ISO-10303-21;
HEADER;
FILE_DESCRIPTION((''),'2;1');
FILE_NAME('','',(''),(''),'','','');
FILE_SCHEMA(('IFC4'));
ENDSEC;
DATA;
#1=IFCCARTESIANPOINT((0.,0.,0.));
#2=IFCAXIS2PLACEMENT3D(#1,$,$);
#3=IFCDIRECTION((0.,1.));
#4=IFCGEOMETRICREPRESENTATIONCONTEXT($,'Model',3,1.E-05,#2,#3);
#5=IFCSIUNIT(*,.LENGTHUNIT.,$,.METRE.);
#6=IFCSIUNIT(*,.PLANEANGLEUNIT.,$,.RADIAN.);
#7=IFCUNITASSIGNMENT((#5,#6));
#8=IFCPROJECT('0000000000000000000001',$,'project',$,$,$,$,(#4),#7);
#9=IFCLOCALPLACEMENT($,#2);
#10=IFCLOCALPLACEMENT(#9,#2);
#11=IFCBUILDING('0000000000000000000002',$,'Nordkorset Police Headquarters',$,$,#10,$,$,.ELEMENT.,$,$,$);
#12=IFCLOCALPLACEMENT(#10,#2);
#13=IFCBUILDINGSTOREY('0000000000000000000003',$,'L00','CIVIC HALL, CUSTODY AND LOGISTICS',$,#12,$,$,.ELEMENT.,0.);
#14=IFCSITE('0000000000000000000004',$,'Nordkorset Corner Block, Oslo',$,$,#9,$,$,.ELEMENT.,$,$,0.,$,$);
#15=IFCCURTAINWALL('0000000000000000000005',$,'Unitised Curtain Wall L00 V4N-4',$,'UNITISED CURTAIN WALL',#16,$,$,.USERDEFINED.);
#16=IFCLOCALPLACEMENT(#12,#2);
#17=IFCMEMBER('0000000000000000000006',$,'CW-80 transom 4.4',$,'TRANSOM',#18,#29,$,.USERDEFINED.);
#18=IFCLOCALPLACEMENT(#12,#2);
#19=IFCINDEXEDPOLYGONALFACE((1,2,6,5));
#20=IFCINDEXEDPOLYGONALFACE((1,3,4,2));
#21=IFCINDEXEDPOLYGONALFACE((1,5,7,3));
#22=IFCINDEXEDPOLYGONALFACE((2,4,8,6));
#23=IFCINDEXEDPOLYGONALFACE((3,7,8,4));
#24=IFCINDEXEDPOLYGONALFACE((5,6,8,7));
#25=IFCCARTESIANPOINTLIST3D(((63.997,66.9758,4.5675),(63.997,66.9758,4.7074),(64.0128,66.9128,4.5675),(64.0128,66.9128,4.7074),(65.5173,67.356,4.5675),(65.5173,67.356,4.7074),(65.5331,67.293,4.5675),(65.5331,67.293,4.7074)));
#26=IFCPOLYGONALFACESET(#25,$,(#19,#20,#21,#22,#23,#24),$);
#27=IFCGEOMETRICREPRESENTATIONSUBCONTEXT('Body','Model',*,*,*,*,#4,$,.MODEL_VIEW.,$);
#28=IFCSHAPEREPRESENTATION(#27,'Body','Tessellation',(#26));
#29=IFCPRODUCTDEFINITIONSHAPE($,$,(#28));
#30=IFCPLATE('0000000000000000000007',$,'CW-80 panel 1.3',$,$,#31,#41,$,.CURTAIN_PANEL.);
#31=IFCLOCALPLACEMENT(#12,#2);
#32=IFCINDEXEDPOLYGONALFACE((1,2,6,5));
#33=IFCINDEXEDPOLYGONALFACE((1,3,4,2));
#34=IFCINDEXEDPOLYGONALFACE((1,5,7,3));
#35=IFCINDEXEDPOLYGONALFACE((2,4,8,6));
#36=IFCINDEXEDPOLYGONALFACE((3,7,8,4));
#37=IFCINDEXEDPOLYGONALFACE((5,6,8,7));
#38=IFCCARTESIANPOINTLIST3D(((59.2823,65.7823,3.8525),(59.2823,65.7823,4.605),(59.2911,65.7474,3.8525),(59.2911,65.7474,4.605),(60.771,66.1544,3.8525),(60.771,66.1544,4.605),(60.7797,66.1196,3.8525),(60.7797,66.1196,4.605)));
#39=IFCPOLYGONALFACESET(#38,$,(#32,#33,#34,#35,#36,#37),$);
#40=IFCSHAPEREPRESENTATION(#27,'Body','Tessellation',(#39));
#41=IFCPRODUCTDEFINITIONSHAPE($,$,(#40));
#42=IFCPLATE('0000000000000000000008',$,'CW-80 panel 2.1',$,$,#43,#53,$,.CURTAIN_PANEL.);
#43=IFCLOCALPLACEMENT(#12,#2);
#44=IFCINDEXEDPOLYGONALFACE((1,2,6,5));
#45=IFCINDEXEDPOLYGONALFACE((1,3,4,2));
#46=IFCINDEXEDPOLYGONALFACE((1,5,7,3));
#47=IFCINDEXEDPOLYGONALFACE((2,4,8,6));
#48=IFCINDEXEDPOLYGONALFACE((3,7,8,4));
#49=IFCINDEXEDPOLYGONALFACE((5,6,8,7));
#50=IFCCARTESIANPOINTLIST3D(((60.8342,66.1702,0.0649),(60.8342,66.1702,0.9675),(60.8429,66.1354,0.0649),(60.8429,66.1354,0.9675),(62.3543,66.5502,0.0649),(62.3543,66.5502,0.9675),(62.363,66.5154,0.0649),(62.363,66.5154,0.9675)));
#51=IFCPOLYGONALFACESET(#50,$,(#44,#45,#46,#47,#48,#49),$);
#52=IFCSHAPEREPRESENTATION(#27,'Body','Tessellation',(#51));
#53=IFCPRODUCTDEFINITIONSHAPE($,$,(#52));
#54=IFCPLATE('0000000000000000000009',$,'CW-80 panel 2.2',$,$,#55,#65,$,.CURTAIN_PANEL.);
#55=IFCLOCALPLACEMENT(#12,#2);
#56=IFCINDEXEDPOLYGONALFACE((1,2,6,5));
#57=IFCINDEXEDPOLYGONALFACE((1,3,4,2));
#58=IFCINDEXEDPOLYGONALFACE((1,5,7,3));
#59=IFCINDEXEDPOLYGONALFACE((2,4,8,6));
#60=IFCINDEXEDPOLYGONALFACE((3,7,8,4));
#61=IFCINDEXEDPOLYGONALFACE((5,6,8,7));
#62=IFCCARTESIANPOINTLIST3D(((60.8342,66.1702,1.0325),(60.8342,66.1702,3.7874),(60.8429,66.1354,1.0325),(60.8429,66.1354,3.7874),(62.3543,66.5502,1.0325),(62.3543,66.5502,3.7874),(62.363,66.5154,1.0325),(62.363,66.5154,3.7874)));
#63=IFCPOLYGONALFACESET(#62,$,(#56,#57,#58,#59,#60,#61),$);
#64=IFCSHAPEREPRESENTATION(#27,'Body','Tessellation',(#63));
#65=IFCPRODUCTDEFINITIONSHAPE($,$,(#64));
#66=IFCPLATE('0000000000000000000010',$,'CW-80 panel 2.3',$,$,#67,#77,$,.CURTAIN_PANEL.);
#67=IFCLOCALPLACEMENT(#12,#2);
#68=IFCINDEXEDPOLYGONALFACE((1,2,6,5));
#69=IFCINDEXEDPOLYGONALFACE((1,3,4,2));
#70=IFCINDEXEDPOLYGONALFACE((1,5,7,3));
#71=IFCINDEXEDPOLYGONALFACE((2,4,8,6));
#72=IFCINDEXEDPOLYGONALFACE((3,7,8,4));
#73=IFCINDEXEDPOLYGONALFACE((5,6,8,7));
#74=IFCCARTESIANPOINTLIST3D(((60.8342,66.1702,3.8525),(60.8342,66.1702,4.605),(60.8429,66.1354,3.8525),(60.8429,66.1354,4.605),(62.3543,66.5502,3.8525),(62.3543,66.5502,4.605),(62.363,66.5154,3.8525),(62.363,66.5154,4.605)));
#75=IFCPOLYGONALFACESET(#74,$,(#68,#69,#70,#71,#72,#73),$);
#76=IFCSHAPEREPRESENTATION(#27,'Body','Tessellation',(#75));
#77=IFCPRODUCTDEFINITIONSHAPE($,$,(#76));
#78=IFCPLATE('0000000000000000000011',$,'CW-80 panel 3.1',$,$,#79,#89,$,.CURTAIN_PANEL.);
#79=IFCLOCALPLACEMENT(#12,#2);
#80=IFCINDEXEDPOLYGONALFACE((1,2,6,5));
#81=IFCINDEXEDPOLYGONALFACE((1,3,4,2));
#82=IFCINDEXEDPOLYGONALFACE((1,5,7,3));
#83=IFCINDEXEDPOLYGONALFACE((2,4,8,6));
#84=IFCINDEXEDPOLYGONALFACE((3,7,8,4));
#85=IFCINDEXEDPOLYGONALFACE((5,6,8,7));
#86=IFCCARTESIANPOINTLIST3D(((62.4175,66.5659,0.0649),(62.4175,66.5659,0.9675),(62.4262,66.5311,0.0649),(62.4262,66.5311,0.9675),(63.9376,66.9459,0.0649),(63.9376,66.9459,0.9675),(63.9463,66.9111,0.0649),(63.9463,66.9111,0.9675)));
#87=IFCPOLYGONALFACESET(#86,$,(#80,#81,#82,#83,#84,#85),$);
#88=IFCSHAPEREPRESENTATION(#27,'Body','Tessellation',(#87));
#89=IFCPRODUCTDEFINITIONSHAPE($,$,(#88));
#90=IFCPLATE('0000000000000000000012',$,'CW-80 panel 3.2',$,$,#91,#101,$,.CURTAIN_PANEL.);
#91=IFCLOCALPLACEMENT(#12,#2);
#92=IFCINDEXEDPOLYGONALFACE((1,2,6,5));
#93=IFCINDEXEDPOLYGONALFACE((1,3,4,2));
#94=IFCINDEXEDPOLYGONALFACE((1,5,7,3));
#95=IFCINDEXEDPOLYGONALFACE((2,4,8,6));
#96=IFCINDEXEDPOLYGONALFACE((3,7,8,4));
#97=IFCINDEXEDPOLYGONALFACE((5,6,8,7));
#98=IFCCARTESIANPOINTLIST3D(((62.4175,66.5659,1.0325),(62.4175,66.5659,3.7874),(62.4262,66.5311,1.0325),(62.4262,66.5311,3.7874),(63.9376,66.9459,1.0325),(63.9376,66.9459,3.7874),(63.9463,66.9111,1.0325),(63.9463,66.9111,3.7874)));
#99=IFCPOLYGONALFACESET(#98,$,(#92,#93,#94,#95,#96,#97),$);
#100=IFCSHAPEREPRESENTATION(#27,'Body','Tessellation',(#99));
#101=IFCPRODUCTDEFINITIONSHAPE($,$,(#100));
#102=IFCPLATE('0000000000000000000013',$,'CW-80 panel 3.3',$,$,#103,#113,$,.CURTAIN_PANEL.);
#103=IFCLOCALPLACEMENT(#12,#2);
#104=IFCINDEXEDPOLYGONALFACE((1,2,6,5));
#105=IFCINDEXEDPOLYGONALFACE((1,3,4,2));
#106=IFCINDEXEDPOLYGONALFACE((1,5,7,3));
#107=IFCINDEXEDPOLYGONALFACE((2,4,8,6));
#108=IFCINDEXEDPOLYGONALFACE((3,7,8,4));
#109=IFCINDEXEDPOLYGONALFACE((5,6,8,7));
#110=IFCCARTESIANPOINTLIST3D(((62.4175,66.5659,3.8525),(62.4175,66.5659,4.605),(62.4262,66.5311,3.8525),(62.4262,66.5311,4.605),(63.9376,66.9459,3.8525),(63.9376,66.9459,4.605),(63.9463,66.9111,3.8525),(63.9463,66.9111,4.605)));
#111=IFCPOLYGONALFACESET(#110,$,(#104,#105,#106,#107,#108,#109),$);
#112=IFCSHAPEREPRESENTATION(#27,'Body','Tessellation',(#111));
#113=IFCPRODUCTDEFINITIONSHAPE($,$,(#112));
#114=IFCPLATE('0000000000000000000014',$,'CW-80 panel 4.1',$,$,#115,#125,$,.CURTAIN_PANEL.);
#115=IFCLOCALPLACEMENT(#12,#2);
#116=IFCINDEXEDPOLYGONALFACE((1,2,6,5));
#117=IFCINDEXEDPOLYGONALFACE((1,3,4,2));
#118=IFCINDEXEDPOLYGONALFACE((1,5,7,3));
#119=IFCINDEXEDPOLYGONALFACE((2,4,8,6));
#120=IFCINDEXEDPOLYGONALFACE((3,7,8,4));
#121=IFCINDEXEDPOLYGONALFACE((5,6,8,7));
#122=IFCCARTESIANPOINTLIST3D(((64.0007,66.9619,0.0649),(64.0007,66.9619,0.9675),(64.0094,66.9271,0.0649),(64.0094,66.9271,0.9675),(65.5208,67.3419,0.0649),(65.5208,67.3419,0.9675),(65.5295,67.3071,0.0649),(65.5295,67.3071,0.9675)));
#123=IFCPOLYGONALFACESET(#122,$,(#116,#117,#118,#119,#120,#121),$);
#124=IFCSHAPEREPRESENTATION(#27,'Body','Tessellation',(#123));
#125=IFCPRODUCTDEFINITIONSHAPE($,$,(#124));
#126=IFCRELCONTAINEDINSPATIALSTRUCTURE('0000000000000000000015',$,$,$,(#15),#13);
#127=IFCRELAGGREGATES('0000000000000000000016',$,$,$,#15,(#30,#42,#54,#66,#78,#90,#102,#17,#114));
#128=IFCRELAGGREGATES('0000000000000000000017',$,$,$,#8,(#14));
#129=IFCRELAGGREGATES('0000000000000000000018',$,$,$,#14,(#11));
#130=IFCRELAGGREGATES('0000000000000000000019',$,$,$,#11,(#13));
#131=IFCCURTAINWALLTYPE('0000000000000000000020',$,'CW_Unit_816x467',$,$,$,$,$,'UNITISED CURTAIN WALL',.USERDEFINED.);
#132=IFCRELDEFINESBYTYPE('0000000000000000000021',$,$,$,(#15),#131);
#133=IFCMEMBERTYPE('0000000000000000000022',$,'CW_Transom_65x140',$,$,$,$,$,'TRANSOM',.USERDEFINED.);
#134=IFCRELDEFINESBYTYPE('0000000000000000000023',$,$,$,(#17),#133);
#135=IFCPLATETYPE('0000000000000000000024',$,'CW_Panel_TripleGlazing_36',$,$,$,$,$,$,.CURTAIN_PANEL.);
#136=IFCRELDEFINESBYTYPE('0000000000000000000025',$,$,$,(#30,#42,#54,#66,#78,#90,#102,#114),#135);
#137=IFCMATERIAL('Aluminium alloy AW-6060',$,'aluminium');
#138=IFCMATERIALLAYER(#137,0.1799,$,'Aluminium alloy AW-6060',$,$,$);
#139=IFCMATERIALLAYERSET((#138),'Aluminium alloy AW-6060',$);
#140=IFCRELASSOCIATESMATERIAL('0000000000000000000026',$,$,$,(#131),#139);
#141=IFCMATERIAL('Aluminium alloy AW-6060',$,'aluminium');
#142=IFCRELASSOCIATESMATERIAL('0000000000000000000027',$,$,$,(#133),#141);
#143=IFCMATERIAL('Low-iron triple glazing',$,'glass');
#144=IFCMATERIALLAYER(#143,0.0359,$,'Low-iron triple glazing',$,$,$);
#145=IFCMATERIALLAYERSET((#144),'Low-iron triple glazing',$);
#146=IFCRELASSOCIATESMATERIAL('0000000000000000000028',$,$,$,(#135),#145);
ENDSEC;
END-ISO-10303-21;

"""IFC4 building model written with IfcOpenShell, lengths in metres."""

from ifc_helpers import new_model, si_unit, direction, frame, origin, origin_2d, place, context, subcontext, project, spatial, rectangle, extrude, material, layer, layer_set, material_profile, profile_set, type_object, element, aggregate, save


model = new_model("IFC4")

# Units and contexts
model_context = context("Model", 3, precision=1e-05, world=origin(), true_north=direction((0.0, 1.0)))
body_context = subcontext(model_context, "Body", "Model", "MODEL_VIEW")
ifc_project = project(units=[si_unit("LENGTHUNIT", "METRE"), si_unit("PLANEANGLEUNIT", "RADIAN")], contexts=[model_context])

# Site, building, storey
site_placement = place(None, origin())
site = spatial("IfcSite", under=ifc_project, at=site_placement, Name="Nordkorset Corner Block, Oslo", CompositionType="ELEMENT", RefElevation=0.0)
building_placement = place(site_placement, origin())
building = spatial("IfcBuilding", under=site, at=building_placement, Name="Nordkorset Police Headquarters", CompositionType="ELEMENT")
storey_placement = place(building_placement, origin())
storey = spatial("IfcBuildingStorey", under=building, at=storey_placement, Name="L00", Description="CIVIC HALL, CUSTODY AND LOGISTICS", CompositionType="ELEMENT", Elevation=0.0)

# Curtain wall, member, plates
ifc_material_1 = material(Name="Aluminium alloy AW-6060", Category="aluminium")
ifc_layer_1 = layer(ifc_material_1, 0.1799, Name="Aluminium alloy AW-6060")
ifc_layer_set_1 = layer_set([ifc_layer_1], Name="Aluminium alloy AW-6060")
curtain_wall_type = type_object("IfcCurtainWallType", Name="CW_Unit_816x467", ElementType="UNITISED CURTAIN WALL", PredefinedType="USERDEFINED", material=ifc_layer_set_1)
curtain_wall_placement = place(storey_placement, origin())
curtain_wall = element("IfcCurtainWall", 1, at=curtain_wall_placement, inside=storey, type_object=curtain_wall_type, Name="Unitised Curtain Wall L00 V4N-4", ObjectType="UNITISED CURTAIN WALL", PredefinedType="USERDEFINED")
ifc_material_2 = material(Name="Aluminium alloy AW-6060", Category="aluminium")
ifc_material_profile_1 = material_profile(ifc_material_2, rectangle(XDim=0.0649, YDim=0.1399, at=origin_2d()), Name="ALU TRAN 65x140")
ifc_profile_set_1 = profile_set([ifc_material_profile_1], Name="Aluminium alloy AW-6060")
member_type_1 = type_object("IfcMemberType", Name="CW_Transom_65x140", ElementType="TRANSOM", PredefinedType="USERDEFINED", material=ifc_profile_set_1)
member_1_placement = place(storey_placement, frame((64.0049, 66.9443, 4.6375), z_axis=(0.970133, 0.242572, 0.0), x_axis=(-0.242572, 0.970133, 0.0)))
member_1 = element("IfcMember", 2, at=member_1_placement, type_object=member_type_1, Name="CW-80 transom 4.4", ObjectType="TRANSOM", PredefinedType="USERDEFINED", context=body_context, shape_type="SweptSolid", body=[
    extrude(rectangle(XDim=0.0649, YDim=0.1399, at=origin_2d()), origin(), (0.0, 0.0, 1.0), 1.5671),
])
ifc_material_3 = material(Name="Low-iron triple glazing", Category="glass")
ifc_layer_2 = layer(ifc_material_3, 0.0359, Name="Low-iron triple glazing")
ifc_layer_set_2 = layer_set([ifc_layer_2], Name="Low-iron triple glazing")
plate_type = type_object("IfcPlateType", Name="CW_Panel_TripleGlazing_36", PredefinedType="CURTAIN_PANEL", material=ifc_layer_set_2)
plate_1_placement = place(storey_placement, frame((60.031, 65.9509, 3.8525), z_axis=(0.0, 0.0, 1.0), x_axis=(0.970143, 0.242535, 0.0)))
plate_1 = element("IfcPlate", 3, at=plate_1_placement, type_object=plate_type, Name="CW-80 panel 1.3", PredefinedType="CURTAIN_PANEL", context=body_context, shape_type="SweptSolid", body=[
    extrude(rectangle(XDim=1.5344, YDim=0.0359, at=origin_2d()), origin(), (0.0, 0.0, 1.0), 0.7524),
])
plate_2_placement = place(storey_placement, frame((61.5986, 66.3428, 0.0649), z_axis=(0.0, 0.0, 1.0), x_axis=(0.970143, 0.242535, 0.0)))
plate_2 = element("IfcPlate", 4, at=plate_2_placement, type_object=plate_type, Name="CW-80 panel 2.1", PredefinedType="CURTAIN_PANEL", context=body_context, shape_type="SweptSolid", body=[
    extrude(rectangle(XDim=1.5669, YDim=0.0359, at=origin_2d()), origin(), (0.0, 0.0, 1.0), 0.9026),
])
plate_3_placement = place(storey_placement, frame((61.5986, 66.3428, 1.0325), z_axis=(0.0, 0.0, 1.0), x_axis=(0.970143, 0.242535, 0.0)))
plate_3 = element("IfcPlate", 5, at=plate_3_placement, type_object=plate_type, Name="CW-80 panel 2.2", PredefinedType="CURTAIN_PANEL", context=body_context, shape_type="SweptSolid", body=[
    extrude(rectangle(XDim=1.5669, YDim=0.0359, at=origin_2d()), origin(), (0.0, 0.0, 1.0), 2.7549),
])
plate_4_placement = place(storey_placement, frame((61.5986, 66.3428, 3.8525), z_axis=(0.0, 0.0, 1.0), x_axis=(0.970143, 0.242535, 0.0)))
plate_4 = element("IfcPlate", 6, at=plate_4_placement, type_object=plate_type, Name="CW-80 panel 2.3", PredefinedType="CURTAIN_PANEL", context=body_context, shape_type="SweptSolid", body=[
    extrude(rectangle(XDim=1.5669, YDim=0.0359, at=origin_2d()), origin(), (0.0, 0.0, 1.0), 0.7524),
])
plate_5_placement = place(storey_placement, frame((63.1819, 66.7385, 0.0649), z_axis=(0.0, 0.0, 1.0), x_axis=(0.970143, 0.242535, 0.0)))
plate_5 = element("IfcPlate", 7, at=plate_5_placement, type_object=plate_type, Name="CW-80 panel 3.1", PredefinedType="CURTAIN_PANEL", context=body_context, shape_type="SweptSolid", body=[
    extrude(rectangle(XDim=1.5669, YDim=0.0359, at=origin_2d()), origin(), (0.0, 0.0, 1.0), 0.9026),
])
plate_6_placement = place(storey_placement, frame((63.1819, 66.7385, 1.0325), z_axis=(0.0, 0.0, 1.0), x_axis=(0.970143, 0.242535, 0.0)))
plate_6 = element("IfcPlate", 8, at=plate_6_placement, type_object=plate_type, Name="CW-80 panel 3.2", PredefinedType="CURTAIN_PANEL", context=body_context, shape_type="SweptSolid", body=[
    extrude(rectangle(XDim=1.5669, YDim=0.0359, at=origin_2d()), origin(), (0.0, 0.0, 1.0), 2.7549),
])
plate_7_placement = place(storey_placement, frame((63.1819, 66.7385, 3.8525), z_axis=(0.0, 0.0, 1.0), x_axis=(0.970143, 0.242535, 0.0)))
plate_7 = element("IfcPlate", 9, at=plate_7_placement, type_object=plate_type, Name="CW-80 panel 3.3", PredefinedType="CURTAIN_PANEL", context=body_context, shape_type="SweptSolid", body=[
    extrude(rectangle(XDim=1.5669, YDim=0.0359, at=origin_2d()), origin(), (0.0, 0.0, 1.0), 0.7524),
])
plate_8_placement = place(storey_placement, frame((64.7651, 67.1345, 0.0649), z_axis=(0.0, 0.0, 1.0), x_axis=(0.970143, 0.242535, 0.0)))
plate_8 = element("IfcPlate", 10, at=plate_8_placement, type_object=plate_type, Name="CW-80 panel 4.1", PredefinedType="CURTAIN_PANEL", context=body_context, shape_type="SweptSolid", body=[
    extrude(rectangle(XDim=1.5669, YDim=0.0359, at=origin_2d()), origin(), (0.0, 0.0, 1.0), 0.9026),
])
aggregate(curtain_wall, [plate_1, plate_2, plate_3, plate_4, plate_5, plate_6, plate_7, member_1, plate_8])

save(model, "model.ifc")
